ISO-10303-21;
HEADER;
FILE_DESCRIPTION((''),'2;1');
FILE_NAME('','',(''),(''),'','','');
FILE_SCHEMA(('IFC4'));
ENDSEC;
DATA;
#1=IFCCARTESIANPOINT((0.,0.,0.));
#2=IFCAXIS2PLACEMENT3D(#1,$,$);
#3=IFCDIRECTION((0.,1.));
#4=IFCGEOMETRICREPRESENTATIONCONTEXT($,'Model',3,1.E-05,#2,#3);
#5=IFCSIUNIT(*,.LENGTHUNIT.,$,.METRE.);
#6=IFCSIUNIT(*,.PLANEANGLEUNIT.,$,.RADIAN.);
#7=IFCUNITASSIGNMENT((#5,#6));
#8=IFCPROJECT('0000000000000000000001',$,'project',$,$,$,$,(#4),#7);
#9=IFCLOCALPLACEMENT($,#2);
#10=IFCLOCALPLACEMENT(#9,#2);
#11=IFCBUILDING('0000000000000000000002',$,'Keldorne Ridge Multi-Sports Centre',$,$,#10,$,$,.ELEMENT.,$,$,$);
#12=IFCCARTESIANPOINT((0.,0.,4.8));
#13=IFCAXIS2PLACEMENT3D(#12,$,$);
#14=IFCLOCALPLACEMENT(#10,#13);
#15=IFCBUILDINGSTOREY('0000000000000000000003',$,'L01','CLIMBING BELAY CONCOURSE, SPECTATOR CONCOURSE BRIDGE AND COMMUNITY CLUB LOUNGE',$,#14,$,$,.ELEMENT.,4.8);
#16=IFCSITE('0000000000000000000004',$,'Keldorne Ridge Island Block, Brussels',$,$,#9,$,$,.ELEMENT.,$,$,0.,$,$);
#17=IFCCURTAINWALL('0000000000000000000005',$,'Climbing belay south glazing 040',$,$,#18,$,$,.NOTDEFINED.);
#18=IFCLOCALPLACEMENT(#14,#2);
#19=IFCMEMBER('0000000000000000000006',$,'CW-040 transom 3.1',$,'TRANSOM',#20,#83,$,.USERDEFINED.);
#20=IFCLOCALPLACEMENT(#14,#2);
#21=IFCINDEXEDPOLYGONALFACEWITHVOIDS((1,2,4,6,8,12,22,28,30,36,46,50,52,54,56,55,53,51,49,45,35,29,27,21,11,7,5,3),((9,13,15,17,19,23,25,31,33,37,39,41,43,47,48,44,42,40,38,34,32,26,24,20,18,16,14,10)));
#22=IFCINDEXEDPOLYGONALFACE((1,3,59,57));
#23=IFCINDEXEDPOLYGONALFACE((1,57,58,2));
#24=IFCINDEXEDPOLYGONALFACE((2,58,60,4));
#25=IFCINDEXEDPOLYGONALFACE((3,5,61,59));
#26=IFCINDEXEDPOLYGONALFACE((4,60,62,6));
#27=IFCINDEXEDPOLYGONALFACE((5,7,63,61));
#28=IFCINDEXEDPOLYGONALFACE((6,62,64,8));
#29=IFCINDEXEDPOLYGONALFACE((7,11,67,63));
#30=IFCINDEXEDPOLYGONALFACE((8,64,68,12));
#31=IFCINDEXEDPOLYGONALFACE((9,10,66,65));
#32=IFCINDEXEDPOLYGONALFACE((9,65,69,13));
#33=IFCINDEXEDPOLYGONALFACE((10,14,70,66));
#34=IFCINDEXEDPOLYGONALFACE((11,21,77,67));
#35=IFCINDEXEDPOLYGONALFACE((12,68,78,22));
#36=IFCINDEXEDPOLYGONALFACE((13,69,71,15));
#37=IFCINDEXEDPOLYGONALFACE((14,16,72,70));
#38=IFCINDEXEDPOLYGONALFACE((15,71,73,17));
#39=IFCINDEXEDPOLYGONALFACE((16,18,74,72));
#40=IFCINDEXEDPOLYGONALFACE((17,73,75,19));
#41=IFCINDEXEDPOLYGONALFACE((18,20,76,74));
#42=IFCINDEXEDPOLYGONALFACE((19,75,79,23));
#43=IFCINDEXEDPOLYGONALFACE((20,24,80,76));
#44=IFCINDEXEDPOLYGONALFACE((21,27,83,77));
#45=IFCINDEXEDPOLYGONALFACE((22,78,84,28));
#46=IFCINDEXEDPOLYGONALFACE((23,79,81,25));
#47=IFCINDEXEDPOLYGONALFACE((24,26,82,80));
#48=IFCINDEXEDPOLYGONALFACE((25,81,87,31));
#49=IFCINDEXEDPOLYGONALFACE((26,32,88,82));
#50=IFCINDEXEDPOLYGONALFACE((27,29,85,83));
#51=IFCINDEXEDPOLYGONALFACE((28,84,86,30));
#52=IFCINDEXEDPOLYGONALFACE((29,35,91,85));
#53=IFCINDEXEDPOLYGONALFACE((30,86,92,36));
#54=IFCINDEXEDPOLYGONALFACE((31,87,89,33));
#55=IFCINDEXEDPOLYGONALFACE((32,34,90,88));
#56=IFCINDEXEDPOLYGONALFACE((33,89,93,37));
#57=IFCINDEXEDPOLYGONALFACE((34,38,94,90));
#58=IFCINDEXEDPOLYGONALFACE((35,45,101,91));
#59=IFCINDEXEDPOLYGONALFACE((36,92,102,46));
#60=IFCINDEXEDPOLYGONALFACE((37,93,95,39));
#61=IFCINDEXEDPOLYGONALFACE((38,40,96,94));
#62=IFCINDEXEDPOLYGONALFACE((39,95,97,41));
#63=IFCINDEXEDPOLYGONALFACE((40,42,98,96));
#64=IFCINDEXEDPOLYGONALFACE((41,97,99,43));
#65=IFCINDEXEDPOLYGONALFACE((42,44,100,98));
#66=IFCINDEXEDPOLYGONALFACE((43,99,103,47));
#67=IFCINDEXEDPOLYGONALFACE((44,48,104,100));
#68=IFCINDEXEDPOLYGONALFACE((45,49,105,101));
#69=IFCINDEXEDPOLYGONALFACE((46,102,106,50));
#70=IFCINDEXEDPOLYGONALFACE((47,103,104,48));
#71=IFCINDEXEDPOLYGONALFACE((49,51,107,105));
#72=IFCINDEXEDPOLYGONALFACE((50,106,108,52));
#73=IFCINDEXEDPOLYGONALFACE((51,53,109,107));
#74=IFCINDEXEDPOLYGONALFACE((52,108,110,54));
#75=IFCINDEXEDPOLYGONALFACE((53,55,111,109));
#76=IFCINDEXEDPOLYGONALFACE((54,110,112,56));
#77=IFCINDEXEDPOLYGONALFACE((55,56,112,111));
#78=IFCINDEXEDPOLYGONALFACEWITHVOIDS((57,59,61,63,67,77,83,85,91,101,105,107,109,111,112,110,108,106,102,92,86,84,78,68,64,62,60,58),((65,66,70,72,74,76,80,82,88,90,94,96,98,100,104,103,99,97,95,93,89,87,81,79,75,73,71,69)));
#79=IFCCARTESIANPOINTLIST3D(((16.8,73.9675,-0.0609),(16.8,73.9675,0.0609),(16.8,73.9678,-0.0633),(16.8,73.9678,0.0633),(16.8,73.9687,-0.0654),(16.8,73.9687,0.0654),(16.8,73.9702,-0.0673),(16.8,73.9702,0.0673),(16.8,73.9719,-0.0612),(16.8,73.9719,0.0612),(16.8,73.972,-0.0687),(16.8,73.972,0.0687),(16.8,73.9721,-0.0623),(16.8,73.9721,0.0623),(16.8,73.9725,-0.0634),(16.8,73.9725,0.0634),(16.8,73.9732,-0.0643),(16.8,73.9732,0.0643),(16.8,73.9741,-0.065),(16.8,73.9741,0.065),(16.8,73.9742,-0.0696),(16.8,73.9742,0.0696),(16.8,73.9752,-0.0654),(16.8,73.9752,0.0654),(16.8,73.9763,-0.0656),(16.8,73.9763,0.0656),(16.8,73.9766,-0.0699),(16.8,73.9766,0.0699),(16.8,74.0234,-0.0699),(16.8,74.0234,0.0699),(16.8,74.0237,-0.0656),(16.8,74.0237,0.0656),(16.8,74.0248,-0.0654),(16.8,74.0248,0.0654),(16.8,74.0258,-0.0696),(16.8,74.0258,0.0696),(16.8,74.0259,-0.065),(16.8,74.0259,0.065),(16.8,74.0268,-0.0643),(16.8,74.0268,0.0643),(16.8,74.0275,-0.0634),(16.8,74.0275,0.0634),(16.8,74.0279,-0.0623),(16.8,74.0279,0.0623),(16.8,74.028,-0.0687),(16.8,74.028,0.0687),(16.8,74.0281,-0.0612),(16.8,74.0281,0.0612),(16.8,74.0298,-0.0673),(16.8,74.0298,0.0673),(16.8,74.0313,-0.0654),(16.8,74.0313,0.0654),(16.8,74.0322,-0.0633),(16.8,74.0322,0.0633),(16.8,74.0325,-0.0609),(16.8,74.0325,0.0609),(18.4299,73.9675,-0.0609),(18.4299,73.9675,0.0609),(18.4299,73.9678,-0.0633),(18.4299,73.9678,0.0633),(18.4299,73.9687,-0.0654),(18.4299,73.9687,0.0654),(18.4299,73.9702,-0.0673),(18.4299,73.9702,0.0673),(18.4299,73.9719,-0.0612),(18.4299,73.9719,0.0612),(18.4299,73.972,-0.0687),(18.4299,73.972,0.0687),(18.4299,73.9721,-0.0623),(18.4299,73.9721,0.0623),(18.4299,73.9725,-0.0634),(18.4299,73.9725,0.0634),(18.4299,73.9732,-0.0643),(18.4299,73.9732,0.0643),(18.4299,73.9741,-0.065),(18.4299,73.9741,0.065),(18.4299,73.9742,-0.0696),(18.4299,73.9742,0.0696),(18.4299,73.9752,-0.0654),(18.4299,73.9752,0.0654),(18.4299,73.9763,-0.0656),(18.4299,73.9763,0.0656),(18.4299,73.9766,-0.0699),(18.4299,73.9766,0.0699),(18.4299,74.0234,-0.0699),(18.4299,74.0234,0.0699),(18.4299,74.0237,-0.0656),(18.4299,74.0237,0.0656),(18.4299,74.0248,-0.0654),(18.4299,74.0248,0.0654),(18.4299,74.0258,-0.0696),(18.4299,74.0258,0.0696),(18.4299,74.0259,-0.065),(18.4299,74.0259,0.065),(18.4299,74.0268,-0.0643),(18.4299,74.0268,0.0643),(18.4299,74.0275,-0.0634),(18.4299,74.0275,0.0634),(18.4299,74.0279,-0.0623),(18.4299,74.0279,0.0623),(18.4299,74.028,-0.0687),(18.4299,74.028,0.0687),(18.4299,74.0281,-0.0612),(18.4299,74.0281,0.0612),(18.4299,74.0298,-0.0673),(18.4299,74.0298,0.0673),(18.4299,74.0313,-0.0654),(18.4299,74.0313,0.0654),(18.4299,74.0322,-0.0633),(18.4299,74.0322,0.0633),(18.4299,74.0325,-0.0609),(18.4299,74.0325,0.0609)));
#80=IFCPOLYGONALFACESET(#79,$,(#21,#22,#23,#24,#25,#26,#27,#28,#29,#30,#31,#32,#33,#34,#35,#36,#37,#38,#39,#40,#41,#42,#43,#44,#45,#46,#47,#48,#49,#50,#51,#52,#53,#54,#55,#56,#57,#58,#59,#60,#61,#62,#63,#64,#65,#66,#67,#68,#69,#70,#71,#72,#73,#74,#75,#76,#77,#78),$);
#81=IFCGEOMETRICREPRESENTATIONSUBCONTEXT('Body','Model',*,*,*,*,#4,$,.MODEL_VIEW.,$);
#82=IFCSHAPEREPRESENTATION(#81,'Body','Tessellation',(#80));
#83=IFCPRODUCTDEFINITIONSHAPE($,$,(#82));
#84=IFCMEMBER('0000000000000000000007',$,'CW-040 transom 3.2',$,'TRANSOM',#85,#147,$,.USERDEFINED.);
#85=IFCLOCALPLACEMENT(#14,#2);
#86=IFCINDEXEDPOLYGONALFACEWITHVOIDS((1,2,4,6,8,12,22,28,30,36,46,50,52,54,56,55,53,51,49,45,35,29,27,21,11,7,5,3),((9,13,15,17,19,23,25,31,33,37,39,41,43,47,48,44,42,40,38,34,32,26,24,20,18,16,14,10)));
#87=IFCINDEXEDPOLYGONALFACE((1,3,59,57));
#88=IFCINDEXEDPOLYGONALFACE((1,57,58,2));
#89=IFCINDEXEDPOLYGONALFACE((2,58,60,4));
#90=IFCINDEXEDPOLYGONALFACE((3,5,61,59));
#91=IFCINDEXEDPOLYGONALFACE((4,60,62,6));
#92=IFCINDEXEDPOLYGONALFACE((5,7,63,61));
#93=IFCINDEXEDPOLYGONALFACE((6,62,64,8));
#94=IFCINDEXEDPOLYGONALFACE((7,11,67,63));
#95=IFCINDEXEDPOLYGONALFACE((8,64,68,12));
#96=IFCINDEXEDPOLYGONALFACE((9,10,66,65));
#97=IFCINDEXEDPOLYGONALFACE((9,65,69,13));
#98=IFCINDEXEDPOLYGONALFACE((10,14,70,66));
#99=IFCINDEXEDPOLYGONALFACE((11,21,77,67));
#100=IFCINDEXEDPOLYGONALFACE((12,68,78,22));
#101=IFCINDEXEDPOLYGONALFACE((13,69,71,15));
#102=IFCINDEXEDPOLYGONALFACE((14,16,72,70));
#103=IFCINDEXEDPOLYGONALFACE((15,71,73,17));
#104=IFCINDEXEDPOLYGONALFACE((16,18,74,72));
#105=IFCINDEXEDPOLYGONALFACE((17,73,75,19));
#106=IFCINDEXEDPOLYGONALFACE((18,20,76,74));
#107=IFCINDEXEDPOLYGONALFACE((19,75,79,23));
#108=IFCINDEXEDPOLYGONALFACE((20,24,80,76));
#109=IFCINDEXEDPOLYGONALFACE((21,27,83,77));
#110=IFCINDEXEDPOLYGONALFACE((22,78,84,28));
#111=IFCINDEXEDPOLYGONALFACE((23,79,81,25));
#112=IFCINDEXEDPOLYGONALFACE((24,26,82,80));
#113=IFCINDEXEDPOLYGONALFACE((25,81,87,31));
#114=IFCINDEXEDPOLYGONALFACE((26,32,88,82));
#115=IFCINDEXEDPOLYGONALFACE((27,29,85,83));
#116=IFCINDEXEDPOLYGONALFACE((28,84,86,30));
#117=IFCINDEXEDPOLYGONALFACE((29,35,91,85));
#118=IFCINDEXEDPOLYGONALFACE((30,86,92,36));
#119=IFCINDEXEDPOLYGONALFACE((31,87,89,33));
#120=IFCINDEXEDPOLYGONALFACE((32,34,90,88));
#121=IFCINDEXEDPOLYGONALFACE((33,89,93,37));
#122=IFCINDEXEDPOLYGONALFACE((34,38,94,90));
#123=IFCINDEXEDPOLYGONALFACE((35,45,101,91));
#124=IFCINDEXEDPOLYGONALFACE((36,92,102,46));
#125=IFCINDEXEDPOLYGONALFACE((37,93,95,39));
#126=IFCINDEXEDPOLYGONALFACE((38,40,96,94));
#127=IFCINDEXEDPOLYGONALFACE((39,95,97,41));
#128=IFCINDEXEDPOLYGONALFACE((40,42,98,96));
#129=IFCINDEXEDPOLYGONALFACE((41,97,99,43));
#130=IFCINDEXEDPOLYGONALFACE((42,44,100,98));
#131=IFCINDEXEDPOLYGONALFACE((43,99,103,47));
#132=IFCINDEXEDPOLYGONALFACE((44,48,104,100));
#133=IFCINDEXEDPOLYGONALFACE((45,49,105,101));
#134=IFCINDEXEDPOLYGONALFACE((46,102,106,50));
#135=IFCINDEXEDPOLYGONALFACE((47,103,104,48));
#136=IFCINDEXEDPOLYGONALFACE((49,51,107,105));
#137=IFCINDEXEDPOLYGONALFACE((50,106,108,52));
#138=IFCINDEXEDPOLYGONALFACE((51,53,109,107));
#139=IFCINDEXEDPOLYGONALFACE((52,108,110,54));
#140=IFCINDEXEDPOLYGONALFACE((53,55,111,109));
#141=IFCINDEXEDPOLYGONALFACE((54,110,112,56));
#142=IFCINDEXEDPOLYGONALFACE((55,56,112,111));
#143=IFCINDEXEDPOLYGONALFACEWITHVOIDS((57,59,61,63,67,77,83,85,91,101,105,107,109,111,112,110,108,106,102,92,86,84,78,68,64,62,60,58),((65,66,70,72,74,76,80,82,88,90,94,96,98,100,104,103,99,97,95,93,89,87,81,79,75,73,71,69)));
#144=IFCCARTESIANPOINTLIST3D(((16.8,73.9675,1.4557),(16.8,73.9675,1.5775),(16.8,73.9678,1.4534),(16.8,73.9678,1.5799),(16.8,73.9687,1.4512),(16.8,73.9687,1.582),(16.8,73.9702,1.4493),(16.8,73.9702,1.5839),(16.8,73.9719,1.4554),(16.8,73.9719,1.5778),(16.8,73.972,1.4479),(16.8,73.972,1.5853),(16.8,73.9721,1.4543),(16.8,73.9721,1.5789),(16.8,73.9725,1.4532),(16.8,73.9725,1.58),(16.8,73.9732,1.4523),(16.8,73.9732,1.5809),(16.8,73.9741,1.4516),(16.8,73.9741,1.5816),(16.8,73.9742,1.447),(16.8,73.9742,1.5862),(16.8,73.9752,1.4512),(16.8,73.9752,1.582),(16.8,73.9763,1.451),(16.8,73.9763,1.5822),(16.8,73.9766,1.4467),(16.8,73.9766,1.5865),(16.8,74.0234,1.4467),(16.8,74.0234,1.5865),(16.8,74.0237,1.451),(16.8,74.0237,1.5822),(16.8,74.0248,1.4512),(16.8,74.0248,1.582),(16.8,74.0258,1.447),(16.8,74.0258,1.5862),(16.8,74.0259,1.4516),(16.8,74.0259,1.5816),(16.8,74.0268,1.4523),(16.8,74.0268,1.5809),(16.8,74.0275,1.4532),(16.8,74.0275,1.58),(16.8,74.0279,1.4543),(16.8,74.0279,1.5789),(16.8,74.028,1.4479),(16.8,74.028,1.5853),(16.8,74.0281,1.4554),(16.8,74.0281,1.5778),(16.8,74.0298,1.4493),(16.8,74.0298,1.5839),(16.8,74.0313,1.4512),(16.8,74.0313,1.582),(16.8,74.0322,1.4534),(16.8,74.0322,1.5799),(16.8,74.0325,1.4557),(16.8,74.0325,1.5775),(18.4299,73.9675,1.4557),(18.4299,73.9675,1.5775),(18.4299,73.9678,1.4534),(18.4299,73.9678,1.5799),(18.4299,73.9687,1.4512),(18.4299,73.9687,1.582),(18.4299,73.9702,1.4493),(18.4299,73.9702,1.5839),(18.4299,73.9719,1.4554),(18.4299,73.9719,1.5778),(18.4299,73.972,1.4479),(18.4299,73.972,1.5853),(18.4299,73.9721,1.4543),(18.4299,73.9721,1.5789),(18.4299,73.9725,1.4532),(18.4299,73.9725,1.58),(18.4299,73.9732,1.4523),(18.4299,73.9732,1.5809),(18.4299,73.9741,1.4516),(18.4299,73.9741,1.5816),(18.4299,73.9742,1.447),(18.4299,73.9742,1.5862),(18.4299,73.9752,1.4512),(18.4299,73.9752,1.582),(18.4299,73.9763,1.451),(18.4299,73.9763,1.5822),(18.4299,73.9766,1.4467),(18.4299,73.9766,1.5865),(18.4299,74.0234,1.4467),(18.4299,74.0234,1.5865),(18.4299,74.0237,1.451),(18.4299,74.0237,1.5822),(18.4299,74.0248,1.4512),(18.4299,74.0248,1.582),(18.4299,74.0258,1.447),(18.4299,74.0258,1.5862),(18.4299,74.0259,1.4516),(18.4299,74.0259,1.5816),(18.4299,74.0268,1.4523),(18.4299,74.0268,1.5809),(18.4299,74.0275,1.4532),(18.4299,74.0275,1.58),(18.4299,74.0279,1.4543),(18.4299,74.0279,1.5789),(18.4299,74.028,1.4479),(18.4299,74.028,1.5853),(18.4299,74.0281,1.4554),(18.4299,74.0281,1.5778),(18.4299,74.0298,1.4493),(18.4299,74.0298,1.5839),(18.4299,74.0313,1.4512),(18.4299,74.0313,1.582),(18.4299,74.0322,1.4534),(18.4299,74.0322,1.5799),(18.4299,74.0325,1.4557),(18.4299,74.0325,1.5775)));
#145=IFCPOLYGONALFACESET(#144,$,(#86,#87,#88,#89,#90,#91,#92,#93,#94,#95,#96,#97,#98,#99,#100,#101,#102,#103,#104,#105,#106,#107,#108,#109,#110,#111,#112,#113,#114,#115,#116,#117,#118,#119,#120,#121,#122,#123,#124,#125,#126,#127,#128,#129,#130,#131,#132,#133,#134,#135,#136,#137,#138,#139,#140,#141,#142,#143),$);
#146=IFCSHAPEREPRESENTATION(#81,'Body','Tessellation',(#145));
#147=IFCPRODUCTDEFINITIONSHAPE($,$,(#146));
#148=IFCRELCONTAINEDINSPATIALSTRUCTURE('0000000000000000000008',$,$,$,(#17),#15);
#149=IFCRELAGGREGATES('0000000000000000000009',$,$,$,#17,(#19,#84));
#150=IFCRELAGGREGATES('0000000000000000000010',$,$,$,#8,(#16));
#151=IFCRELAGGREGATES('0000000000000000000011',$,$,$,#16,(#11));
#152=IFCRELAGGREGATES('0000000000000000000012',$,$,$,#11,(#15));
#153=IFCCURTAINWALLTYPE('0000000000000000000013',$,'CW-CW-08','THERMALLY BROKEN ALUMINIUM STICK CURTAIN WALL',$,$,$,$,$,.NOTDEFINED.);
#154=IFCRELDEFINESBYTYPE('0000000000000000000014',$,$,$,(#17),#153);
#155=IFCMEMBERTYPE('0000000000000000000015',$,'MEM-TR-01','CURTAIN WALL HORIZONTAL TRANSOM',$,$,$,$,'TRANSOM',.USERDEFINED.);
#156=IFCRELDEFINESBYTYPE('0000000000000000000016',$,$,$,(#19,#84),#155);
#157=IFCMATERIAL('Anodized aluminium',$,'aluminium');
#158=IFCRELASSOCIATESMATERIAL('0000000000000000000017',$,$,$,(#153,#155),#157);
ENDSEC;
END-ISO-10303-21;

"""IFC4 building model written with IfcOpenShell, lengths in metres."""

from ifc_helpers import new_model, si_unit, direction, frame, origin, origin_2d, place, context, subcontext, project, spatial, hollow_rectangle, extrude, material, material_profile, profile_set, type_object, element, aggregate, save


model = new_model("IFC4")

# Units and contexts
model_context = context("Model", 3, precision=1e-05, world=origin(), true_north=direction((0.0, 1.0)))
body_context = subcontext(model_context, "Body", "Model", "MODEL_VIEW")
ifc_project = project(units=[si_unit("LENGTHUNIT", "METRE"), si_unit("PLANEANGLEUNIT", "RADIAN")], contexts=[model_context])

# Site, building, storey
site_placement = place(None, origin())
site = spatial("IfcSite", under=ifc_project, at=site_placement, Name="Keldorne Ridge Island Block, Brussels", CompositionType="ELEMENT", RefElevation=0.0)
building_placement = place(site_placement, origin())
building = spatial("IfcBuilding", under=site, at=building_placement, Name="Keldorne Ridge Multi-Sports Centre", CompositionType="ELEMENT")
storey_placement = place(building_placement, frame((0.0, 0.0, 4.8)))
storey = spatial("IfcBuildingStorey", under=building, at=storey_placement, Name="L01", Description="CLIMBING BELAY CONCOURSE, SPECTATOR CONCOURSE BRIDGE AND COMMUNITY CLUB LOUNGE", CompositionType="ELEMENT", Elevation=4.8)

# Shared definitions
ifc_material_1 = material(Name="Anodized aluminium", Category="aluminium")

# Curtain wall
curtain_wall_type_1 = type_object("IfcCurtainWallType", Name="CW-CW-08", Description="THERMALLY BROKEN ALUMINIUM STICK CURTAIN WALL", PredefinedType="NOTDEFINED", material=ifc_material_1)
curtain_wall_1_placement = place(storey_placement, origin())
curtain_wall_1 = element("IfcCurtainWall", 1, at=curtain_wall_1_placement, inside=storey, type_object=curtain_wall_type_1, Name="Climbing belay south glazing 040", PredefinedType="NOTDEFINED")

# Members
ifc_material_profile_1 = material_profile(ifc_material_1, hollow_rectangle(XDim=0.0649, YDim=0.1399, WallThickness=0.0044, InnerFilletRadius=0.0044, OuterFilletRadius=0.009, at=origin_2d()), Name="ALU TRANSOM 140x65x4.5")
ifc_profile_set_1 = profile_set([ifc_material_profile_1], Name="Anodized aluminium")
member_type_1 = type_object("IfcMemberType", Name="MEM-TR-01", Description="CURTAIN WALL HORIZONTAL TRANSOM", ElementType="TRANSOM", PredefinedType="USERDEFINED", material=ifc_profile_set_1)
member_1_placement = place(storey_placement, frame((16.8, 74.0, 0.0), z_axis=(1.0, 0.0, 0.0), x_axis=(0.0, 1.0, 0.0)))
member_1 = element("IfcMember", 2, at=member_1_placement, type_object=member_type_1, Name="CW-040 transom 3.1", ObjectType="TRANSOM", PredefinedType="USERDEFINED", context=body_context, shape_type="SweptSolid", body=[
    extrude(hollow_rectangle(XDim=0.0649, YDim=0.1399, WallThickness=0.0044, InnerFilletRadius=0.0044, OuterFilletRadius=0.009, at=origin_2d()), origin(), (0.0, 0.0, 1.0), 1.6299),
])
member_2_placement = place(storey_placement, frame((16.8, 74.0, 1.5166), z_axis=(1.0, 0.0, 0.0), x_axis=(0.0, 1.0, 0.0)))
member_2 = element("IfcMember", 3, at=member_2_placement, type_object=member_type_1, Name="CW-040 transom 3.2", ObjectType="TRANSOM", PredefinedType="USERDEFINED", context=body_context, shape_type="SweptSolid", body=[
    extrude(hollow_rectangle(XDim=0.0649, YDim=0.1399, WallThickness=0.0044, InnerFilletRadius=0.0044, OuterFilletRadius=0.009, at=origin_2d()), origin(), (0.0, 0.0, 1.0), 1.6299),
])

aggregate(curtain_wall_1, [member_1, member_2])

save(model, "model.ifc")
